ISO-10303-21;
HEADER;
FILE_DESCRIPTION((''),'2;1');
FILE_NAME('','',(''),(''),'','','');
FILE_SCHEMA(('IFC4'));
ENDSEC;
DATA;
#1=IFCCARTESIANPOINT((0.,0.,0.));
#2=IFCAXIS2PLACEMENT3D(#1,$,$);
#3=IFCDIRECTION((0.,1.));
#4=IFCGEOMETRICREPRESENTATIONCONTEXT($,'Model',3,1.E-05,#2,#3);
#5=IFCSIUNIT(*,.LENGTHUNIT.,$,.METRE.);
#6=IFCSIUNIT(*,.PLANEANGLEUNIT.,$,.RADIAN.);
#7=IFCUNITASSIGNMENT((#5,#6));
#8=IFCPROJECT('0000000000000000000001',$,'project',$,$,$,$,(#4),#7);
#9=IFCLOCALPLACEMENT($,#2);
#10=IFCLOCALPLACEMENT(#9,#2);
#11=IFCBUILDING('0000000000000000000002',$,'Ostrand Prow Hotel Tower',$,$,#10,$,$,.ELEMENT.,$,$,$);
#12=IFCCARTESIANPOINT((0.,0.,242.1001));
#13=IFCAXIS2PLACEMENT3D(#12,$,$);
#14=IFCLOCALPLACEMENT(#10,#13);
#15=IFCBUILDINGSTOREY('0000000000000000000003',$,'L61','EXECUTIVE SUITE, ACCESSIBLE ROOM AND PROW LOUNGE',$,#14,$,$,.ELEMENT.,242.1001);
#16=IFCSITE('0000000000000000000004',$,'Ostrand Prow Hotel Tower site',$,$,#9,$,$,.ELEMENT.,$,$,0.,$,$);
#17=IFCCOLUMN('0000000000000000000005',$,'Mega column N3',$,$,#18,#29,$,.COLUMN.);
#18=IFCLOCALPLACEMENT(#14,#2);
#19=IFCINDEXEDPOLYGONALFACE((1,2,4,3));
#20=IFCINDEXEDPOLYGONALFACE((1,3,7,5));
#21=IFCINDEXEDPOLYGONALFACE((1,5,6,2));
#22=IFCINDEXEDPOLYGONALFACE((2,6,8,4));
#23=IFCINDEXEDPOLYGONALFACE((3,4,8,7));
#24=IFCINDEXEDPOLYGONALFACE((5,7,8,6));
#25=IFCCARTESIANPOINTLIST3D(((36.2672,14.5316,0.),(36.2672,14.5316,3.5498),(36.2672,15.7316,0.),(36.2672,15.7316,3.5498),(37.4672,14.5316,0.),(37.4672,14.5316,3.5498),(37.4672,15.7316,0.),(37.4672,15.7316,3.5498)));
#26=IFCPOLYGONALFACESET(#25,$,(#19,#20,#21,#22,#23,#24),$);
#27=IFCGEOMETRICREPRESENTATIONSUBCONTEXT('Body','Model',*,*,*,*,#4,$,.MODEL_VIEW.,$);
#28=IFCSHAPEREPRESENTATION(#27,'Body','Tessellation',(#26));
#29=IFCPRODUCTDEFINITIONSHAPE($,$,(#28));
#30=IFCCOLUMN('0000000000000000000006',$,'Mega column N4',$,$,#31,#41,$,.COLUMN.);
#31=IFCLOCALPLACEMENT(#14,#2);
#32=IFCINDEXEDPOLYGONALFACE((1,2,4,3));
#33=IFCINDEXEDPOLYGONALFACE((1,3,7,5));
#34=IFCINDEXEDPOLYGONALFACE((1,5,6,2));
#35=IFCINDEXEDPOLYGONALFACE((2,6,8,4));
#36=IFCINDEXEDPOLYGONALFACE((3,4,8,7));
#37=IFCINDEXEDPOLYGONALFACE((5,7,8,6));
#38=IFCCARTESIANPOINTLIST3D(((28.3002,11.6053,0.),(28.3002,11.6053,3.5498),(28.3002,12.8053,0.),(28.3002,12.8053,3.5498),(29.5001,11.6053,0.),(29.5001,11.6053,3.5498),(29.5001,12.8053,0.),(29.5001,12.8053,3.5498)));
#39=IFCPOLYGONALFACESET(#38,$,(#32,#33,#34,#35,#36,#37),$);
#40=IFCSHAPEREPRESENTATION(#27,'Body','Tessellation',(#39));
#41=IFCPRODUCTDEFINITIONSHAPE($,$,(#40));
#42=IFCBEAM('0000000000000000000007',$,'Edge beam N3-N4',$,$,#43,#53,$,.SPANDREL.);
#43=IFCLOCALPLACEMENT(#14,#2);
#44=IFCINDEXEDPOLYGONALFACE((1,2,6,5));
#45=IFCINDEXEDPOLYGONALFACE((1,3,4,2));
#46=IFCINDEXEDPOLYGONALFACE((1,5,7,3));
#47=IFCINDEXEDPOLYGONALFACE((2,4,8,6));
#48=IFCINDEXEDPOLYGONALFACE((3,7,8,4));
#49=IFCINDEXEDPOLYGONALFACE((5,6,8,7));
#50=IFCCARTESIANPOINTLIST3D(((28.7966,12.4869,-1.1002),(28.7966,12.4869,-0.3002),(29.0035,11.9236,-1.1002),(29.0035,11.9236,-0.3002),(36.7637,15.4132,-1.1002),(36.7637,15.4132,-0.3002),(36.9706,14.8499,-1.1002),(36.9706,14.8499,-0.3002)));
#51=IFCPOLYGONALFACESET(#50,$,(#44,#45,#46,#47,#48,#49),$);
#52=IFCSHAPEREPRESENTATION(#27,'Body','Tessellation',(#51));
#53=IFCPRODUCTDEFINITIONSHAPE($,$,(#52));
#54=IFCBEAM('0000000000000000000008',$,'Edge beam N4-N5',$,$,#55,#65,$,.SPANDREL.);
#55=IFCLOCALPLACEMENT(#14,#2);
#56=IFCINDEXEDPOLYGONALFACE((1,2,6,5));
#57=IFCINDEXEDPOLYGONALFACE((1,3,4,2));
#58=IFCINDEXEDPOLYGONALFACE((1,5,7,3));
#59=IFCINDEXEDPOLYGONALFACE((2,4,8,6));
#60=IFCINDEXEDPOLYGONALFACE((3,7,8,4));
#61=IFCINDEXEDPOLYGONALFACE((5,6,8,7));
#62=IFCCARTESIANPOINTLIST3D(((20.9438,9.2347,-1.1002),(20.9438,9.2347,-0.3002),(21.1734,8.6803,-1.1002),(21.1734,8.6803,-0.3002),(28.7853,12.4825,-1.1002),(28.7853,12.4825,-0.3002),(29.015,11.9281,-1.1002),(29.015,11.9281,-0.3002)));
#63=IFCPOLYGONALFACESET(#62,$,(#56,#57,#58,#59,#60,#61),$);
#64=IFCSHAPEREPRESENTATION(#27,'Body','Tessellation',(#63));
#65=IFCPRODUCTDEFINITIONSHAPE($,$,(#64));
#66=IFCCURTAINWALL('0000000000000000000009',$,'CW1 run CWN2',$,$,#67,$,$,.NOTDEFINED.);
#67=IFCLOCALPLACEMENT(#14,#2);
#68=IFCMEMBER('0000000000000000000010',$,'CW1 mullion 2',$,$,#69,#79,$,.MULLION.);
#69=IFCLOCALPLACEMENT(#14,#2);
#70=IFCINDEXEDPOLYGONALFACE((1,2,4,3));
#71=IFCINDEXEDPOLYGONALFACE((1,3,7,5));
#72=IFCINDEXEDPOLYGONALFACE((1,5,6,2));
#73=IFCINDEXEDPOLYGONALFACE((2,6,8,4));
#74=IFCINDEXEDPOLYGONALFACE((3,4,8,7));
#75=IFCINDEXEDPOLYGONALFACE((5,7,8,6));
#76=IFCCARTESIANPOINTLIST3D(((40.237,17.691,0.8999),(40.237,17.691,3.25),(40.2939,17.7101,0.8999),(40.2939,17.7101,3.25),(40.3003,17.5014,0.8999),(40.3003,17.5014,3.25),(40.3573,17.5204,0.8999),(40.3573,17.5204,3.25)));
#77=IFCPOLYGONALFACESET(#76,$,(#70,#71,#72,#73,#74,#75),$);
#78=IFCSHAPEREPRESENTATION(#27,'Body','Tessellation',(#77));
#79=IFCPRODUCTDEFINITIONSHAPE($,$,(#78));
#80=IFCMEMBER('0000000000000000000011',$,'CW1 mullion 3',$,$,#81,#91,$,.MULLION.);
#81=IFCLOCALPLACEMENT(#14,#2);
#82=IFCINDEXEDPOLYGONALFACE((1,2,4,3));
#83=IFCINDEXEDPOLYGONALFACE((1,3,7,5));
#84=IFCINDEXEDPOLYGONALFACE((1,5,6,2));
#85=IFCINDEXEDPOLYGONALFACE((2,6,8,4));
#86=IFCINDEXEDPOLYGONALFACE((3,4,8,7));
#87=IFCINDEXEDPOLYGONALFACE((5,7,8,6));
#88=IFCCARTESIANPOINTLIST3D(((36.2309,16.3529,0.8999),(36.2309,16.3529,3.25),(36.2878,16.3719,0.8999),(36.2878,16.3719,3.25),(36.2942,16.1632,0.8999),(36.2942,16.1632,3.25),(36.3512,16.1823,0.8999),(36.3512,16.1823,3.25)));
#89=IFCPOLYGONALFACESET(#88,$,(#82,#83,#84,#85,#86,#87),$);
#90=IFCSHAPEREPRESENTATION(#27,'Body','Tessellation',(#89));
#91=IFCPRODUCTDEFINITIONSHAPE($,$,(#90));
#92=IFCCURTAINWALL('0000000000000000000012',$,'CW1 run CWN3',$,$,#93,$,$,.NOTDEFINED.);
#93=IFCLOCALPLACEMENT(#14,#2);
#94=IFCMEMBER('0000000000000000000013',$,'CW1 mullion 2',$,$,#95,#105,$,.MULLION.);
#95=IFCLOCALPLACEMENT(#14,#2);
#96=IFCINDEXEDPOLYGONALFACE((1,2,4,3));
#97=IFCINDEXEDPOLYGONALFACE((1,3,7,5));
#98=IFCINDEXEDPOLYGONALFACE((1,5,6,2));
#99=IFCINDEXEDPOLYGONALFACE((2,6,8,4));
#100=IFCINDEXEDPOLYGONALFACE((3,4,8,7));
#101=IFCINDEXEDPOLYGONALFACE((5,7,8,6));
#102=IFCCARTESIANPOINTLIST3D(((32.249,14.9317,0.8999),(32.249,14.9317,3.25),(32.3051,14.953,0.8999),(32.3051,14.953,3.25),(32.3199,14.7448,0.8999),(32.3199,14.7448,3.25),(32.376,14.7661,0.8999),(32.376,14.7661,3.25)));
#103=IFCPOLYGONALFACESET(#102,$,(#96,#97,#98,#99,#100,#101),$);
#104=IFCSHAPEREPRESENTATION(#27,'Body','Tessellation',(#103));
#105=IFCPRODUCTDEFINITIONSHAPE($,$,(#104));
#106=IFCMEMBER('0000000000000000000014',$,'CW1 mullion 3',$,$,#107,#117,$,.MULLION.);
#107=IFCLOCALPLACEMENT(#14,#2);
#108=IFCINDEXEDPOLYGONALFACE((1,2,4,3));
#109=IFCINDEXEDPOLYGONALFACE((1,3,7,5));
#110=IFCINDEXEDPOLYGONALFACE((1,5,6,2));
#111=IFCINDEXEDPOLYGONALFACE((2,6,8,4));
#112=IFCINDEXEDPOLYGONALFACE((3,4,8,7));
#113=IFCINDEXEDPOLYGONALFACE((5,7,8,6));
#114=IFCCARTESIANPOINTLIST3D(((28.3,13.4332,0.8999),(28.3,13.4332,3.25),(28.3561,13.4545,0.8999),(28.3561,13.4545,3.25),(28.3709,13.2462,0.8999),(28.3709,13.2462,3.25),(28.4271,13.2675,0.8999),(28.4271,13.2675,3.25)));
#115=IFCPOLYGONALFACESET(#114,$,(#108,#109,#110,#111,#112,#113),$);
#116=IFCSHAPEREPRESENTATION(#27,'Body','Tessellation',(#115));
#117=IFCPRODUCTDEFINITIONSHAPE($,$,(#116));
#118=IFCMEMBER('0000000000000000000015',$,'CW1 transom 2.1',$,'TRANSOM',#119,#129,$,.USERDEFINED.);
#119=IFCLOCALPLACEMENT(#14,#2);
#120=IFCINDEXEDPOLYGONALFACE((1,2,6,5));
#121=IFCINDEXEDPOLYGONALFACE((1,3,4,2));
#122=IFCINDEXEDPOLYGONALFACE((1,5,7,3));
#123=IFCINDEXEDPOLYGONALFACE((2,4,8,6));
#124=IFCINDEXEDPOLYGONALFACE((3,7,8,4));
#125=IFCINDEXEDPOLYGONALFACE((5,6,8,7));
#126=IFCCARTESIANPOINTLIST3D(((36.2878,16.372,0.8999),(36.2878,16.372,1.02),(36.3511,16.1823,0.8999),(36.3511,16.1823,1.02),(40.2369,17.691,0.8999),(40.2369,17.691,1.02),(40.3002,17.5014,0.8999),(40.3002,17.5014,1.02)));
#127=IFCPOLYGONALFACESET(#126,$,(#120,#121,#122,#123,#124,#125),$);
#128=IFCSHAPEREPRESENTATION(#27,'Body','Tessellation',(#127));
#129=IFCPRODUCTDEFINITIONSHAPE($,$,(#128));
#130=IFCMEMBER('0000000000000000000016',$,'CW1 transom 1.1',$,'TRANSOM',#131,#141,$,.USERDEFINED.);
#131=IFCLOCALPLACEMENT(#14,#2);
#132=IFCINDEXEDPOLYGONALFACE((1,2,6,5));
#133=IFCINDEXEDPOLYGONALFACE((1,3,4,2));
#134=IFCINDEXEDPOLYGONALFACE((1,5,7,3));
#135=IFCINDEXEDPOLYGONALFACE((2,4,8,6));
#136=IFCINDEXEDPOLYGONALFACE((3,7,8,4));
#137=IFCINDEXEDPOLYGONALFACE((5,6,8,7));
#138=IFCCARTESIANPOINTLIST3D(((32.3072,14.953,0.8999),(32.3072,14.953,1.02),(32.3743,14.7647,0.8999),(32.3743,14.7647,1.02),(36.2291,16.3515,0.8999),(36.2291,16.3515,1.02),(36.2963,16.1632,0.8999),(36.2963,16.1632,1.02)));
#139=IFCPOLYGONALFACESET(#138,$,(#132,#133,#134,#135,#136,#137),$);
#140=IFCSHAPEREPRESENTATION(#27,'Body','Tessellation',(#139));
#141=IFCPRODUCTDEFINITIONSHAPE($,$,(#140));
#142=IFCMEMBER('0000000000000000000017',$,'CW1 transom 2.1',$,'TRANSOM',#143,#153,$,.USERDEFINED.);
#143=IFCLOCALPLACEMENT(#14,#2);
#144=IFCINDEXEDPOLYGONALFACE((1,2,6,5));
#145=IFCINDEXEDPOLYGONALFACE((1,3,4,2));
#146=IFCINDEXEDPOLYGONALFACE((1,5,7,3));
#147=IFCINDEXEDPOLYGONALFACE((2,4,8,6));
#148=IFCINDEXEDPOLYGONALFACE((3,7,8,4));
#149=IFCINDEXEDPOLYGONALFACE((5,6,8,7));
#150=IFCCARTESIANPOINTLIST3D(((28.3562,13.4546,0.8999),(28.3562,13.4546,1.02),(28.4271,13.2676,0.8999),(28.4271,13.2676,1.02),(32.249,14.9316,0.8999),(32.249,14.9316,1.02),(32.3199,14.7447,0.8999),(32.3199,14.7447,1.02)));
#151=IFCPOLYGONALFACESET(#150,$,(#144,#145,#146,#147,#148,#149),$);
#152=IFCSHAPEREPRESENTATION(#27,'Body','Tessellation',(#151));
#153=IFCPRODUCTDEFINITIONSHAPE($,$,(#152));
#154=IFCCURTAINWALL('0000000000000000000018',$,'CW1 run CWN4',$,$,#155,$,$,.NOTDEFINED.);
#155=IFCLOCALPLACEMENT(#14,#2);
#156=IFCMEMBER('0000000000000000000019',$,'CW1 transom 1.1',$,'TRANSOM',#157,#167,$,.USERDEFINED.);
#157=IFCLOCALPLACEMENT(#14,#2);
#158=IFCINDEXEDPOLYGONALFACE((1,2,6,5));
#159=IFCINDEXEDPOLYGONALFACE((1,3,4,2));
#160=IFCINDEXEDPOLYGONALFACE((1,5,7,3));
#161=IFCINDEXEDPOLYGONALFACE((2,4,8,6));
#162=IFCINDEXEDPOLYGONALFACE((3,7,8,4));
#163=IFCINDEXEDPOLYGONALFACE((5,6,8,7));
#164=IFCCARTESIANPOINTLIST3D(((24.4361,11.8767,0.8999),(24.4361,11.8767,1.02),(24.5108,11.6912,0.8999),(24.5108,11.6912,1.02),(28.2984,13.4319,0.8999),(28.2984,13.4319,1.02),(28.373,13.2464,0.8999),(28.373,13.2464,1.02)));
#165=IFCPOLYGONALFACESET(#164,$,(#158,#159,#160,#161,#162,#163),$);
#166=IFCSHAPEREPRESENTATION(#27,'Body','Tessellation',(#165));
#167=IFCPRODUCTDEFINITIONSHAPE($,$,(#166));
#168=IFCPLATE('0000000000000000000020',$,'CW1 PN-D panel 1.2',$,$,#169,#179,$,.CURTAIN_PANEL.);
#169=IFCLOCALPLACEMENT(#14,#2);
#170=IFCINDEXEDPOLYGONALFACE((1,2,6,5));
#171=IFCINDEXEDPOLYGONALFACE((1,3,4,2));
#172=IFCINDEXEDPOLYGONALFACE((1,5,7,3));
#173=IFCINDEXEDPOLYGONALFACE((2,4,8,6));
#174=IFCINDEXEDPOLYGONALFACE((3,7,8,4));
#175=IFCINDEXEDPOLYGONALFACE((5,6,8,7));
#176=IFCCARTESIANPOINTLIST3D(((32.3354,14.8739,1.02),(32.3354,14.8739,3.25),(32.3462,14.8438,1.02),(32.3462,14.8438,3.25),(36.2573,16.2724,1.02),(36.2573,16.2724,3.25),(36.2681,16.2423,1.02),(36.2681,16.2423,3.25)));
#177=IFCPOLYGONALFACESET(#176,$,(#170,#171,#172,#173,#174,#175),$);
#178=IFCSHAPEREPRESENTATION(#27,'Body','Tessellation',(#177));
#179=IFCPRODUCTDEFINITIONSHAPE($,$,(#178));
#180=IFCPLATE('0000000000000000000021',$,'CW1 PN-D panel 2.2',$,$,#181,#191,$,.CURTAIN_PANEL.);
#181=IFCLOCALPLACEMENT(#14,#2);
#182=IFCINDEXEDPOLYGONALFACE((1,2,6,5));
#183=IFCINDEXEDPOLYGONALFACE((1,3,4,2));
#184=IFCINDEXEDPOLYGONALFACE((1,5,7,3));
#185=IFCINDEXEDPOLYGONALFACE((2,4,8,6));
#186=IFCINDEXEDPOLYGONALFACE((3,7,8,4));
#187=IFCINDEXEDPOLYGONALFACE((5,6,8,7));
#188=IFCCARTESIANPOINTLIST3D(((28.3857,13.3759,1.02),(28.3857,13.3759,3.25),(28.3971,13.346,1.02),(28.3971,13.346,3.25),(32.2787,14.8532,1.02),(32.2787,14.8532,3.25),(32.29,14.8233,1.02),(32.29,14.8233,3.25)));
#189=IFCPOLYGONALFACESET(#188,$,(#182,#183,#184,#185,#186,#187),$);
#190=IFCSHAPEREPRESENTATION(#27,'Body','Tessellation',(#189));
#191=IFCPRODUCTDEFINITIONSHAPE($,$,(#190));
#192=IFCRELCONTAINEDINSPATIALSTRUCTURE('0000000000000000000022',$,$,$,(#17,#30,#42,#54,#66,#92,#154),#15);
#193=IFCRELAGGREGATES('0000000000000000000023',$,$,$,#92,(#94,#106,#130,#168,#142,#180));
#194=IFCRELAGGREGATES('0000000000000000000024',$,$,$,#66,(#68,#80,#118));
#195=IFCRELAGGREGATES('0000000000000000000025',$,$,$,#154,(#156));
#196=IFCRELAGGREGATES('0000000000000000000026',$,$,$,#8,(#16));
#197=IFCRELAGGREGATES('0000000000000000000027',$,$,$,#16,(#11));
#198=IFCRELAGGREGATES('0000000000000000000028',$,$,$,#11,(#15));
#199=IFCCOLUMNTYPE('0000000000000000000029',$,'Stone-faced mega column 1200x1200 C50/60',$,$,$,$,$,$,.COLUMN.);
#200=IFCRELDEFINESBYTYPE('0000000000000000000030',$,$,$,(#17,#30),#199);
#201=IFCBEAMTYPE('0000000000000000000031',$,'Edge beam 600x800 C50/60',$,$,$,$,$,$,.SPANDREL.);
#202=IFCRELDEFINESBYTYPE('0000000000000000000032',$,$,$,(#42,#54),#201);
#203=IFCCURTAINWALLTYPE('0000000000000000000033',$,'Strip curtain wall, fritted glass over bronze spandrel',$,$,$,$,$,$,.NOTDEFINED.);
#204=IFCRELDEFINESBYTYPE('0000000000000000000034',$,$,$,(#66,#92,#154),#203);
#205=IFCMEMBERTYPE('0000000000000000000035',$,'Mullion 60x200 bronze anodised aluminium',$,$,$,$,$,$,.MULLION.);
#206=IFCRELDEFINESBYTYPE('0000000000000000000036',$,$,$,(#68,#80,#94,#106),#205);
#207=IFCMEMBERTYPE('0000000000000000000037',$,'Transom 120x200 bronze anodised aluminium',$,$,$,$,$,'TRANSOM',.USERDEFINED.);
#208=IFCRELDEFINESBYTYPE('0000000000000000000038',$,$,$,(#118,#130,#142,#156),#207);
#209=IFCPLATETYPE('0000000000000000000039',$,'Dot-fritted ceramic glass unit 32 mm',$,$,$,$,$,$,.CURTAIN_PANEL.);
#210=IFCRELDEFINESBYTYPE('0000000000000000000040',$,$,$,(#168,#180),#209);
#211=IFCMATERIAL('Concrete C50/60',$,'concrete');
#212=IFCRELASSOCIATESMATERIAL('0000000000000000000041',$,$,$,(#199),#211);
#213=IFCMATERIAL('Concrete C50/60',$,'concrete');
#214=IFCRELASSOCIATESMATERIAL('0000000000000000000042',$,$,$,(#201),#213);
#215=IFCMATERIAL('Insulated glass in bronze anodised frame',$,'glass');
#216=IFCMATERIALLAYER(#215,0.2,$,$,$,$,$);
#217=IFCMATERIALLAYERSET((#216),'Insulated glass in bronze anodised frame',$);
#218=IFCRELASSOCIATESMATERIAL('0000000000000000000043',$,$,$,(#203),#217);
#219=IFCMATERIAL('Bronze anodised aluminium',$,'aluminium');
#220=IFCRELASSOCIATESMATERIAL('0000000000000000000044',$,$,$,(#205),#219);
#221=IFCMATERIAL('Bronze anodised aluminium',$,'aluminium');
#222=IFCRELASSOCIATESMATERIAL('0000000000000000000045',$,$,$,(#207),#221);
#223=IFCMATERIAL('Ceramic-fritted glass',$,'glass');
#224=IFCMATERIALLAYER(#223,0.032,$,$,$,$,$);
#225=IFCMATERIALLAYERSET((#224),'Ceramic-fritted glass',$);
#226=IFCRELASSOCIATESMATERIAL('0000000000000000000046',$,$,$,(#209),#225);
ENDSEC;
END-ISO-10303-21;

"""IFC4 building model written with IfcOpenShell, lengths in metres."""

from ifc_helpers import new_model, si_unit, direction, frame, origin, origin_2d, place, context, subcontext, project, spatial, rectangle, extrude, material, layer, layer_set, material_profile, profile_set, type_object, element, aggregate, save


model = new_model("IFC4")

# Units and contexts
model_context = context("Model", 3, precision=1e-05, world=origin(), true_north=direction((0.0, 1.0)))
body_context = subcontext(model_context, "Body", "Model", "MODEL_VIEW")
ifc_project = project(units=[si_unit("LENGTHUNIT", "METRE"), si_unit("PLANEANGLEUNIT", "RADIAN")], contexts=[model_context])

# Site, building, storey
site_placement = place(None, origin())
site = spatial("IfcSite", under=ifc_project, at=site_placement, Name="Ostrand Prow Hotel Tower site", CompositionType="ELEMENT", RefElevation=0.0)
building_placement = place(site_placement, origin())
building = spatial("IfcBuilding", under=site, at=building_placement, Name="Ostrand Prow Hotel Tower", CompositionType="ELEMENT")
storey_placement = place(building_placement, frame((0.0, 0.0, 242.1001)))
storey = spatial("IfcBuildingStorey", under=building, at=storey_placement, Name="L61", Description="EXECUTIVE SUITE, ACCESSIBLE ROOM AND PROW LOUNGE", CompositionType="ELEMENT", Elevation=242.1001)

# Columns
ifc_material_1 = material(Name="Concrete C50/60", Category="concrete")
ifc_material_profile_1 = material_profile(ifc_material_1, rectangle(XDim=1.2, YDim=1.2, at=origin_2d()), Name="RC 1200x1200")
ifc_profile_set_1 = profile_set([ifc_material_profile_1], Name="Concrete C50/60")
column_type = type_object("IfcColumnType", Name="Stone-faced mega column 1200x1200 C50/60", PredefinedType="COLUMN", material=ifc_profile_set_1)
for number, where, z_axis, x_axis, name in (
    (1, (36.8672, 15.1316, 0.0), (0.0, 0.0, 1.0), (1.0, 0.0, 0.0), "Mega column N3"),
    (2, (28.9001, 12.2053, 0.0), (0.0, 0.0, 1.0), (1.0, 0.0, 0.0), "Mega column N4"),
):
    element("IfcColumn", number, at=place(storey_placement, frame(where, z_axis=z_axis, x_axis=x_axis)), inside=storey, type_object=column_type, Name=name, PredefinedType="COLUMN", context=body_context, shape_type="SweptSolid", body=[
        extrude(rectangle(XDim=1.2, YDim=1.2, at=origin_2d()), origin(), (0.0, 0.0, 1.0), 3.5498),
    ])

# Beams
ifc_material_2 = material(Name="Concrete C50/60", Category="concrete")
ifc_material_profile_2 = material_profile(ifc_material_2, rectangle(XDim=0.6001, YDim=0.8, at=origin_2d()), Name="RC 600x800")
ifc_profile_set_2 = profile_set([ifc_material_profile_2], Name="Concrete C50/60")
beam_type = type_object("IfcBeamType", Name="Edge beam 600x800 C50/60", PredefinedType="SPANDREL", material=ifc_profile_set_2)
for number, where, z_axis, x_axis, name in (
    (3, (36.8672, 15.1316, -0.7002), (-0.938685, -0.344776, 0.0), (0.344776, -0.938685, 0.0), "Edge beam N3-N4"),
    (4, (28.9001, 12.2053, -0.7002), (-0.923891, -0.382656, 0.0), (0.382656, -0.923891, 0.0), "Edge beam N4-N5"),
):
    element("IfcBeam", number, at=place(storey_placement, frame(where, z_axis=z_axis, x_axis=x_axis)), inside=storey, type_object=beam_type, Name=name, PredefinedType="SPANDREL", context=body_context, shape_type="SweptSolid", body=[
        extrude(rectangle(XDim=0.6001, YDim=0.8, at=origin_2d()), origin(), (0.0, 0.0, 1.0), 8.4875),
    ])

# Curtain walls, members
ifc_material_3 = material(Name="Insulated glass in bronze anodised frame", Category="glass")
ifc_layer_1 = layer(ifc_material_3, 0.2)
ifc_layer_set_1 = layer_set([ifc_layer_1], Name="Insulated glass in bronze anodised frame")
curtain_wall_type = type_object("IfcCurtainWallType", Name="Strip curtain wall, fritted glass over bronze spandrel", PredefinedType="NOTDEFINED", material=ifc_layer_set_1)
curtain_wall_1_placement = place(storey_placement, origin())
curtain_wall_1 = element("IfcCurtainWall", 5, at=curtain_wall_1_placement, inside=storey, type_object=curtain_wall_type, Name="CW1 run CWN2", PredefinedType="NOTDEFINED")
ifc_material_4 = material(Name="Bronze anodised aluminium", Category="aluminium")
ifc_material_profile_3 = material_profile(ifc_material_4, rectangle(XDim=0.2, YDim=0.0601, at=origin_2d()), Name="Mullion 60x200 bronze anodised aluminium")
ifc_profile_set_3 = profile_set([ifc_material_profile_3], Name="Bronze anodised aluminium")
member_type_1 = type_object("IfcMemberType", Name="Mullion 60x200 bronze anodised aluminium", PredefinedType="MULLION", material=ifc_profile_set_3)
member_1_placement = place(storey_placement, frame((40.2971, 17.6057, 0.8999), z_axis=(0.0, 0.0, 1.0), x_axis=(0.316841, -0.948479, 0.0)))
member_1 = element("IfcMember", 6, at=member_1_placement, type_object=member_type_1, Name="CW1 mullion 2", PredefinedType="MULLION", context=body_context, shape_type="SweptSolid", body=[
    extrude(rectangle(XDim=0.2, YDim=0.0601, at=origin_2d()), origin(), (0.0, 0.0, 1.0), 2.3501),
])
member_2_placement = place(storey_placement, frame((36.291, 16.2676, 0.8999), z_axis=(0.0, 0.0, 1.0), x_axis=(0.316841, -0.948479, 0.0)))
member_2 = element("IfcMember", 7, at=member_2_placement, type_object=member_type_1, Name="CW1 mullion 3", PredefinedType="MULLION", context=body_context, shape_type="SweptSolid", body=[
    extrude(rectangle(XDim=0.2, YDim=0.0601, at=origin_2d()), origin(), (0.0, 0.0, 1.0), 2.3501),
])
curtain_wall_2_placement = place(storey_placement, origin())
curtain_wall_2 = element("IfcCurtainWall", 8, at=curtain_wall_2_placement, inside=storey, type_object=curtain_wall_type, Name="CW1 run CWN3", PredefinedType="NOTDEFINED")
member_3_placement = place(storey_placement, frame((32.3125, 14.8489, 0.8999), z_axis=(0.0, 0.0, 1.0), x_axis=(0.354777, -0.934951, 0.0)))
member_3 = element("IfcMember", 9, at=member_3_placement, type_object=member_type_1, Name="CW1 mullion 2", PredefinedType="MULLION", context=body_context, shape_type="SweptSolid", body=[
    extrude(rectangle(XDim=0.2, YDim=0.0601, at=origin_2d()), origin(), (0.0, 0.0, 1.0), 2.3501),
])
member_4_placement = place(storey_placement, frame((28.3635, 13.3503, 0.8999), z_axis=(0.0, 0.0, 1.0), x_axis=(0.354777, -0.934951, 0.0)))
member_4 = element("IfcMember", 10, at=member_4_placement, type_object=member_type_1, Name="CW1 mullion 3", PredefinedType="MULLION", context=body_context, shape_type="SweptSolid", body=[
    extrude(rectangle(XDim=0.2, YDim=0.0601, at=origin_2d()), origin(), (0.0, 0.0, 1.0), 2.3501),
])

# Members
ifc_material_5 = material(Name="Bronze anodised aluminium", Category="aluminium")
ifc_material_profile_4 = material_profile(ifc_material_5, rectangle(XDim=0.2, YDim=0.1201, at=origin_2d()), Name="Transom 120x200 bronze anodised aluminium")
ifc_profile_set_4 = profile_set([ifc_material_profile_4], Name="Bronze anodised aluminium")
member_type_2 = type_object("IfcMemberType", Name="Transom 120x200 bronze anodised aluminium", ElementType="TRANSOM", PredefinedType="USERDEFINED", material=ifc_profile_set_4)
member_5_placement = place(storey_placement, frame((40.2686, 17.5962, 0.96), z_axis=(-0.94849, -0.316808, 0.0), x_axis=(0.316808, -0.94849, 0.0)))
member_5 = element("IfcMember", 11, at=member_5_placement, type_object=member_type_2, Name="CW1 transom 2.1", ObjectType="TRANSOM", PredefinedType="USERDEFINED", context=body_context, shape_type="SweptSolid", body=[
    extrude(rectangle(XDim=0.2, YDim=0.1201, at=origin_2d()), origin(), (0.0, 0.0, 1.0), 4.1636),
])
member_6_placement = place(storey_placement, frame((36.2627, 16.2573, 0.96), z_axis=(-0.941912, -0.335861, 0.0), x_axis=(0.335861, -0.941912, 0.0)))
member_6 = element("IfcMember", 12, at=member_6_placement, type_object=member_type_2, Name="CW1 transom 1.1", ObjectType="TRANSOM", PredefinedType="USERDEFINED", context=body_context, shape_type="SweptSolid", body=[
    extrude(rectangle(XDim=0.2, YDim=0.1201, at=origin_2d()), origin(), (0.0, 0.0, 1.0), 4.1638),
])
member_7_placement = place(storey_placement, frame((32.2844, 14.8381, 0.96), z_axis=(-0.934961, -0.354751, 0.0), x_axis=(0.354751, -0.934961, 0.0)))
member_7 = element("IfcMember", 13, at=member_7_placement, type_object=member_type_2, Name="CW1 transom 2.1", ObjectType="TRANSOM", PredefinedType="USERDEFINED", context=body_context, shape_type="SweptSolid", body=[
    extrude(rectangle(XDim=0.2, YDim=0.1201, at=origin_2d()), origin(), (0.0, 0.0, 1.0), 4.1636),
])

# Curtain wall, member
curtain_wall_3_placement = place(storey_placement, origin())
curtain_wall_3 = element("IfcCurtainWall", 14, at=curtain_wall_3_placement, inside=storey, type_object=curtain_wall_type, Name="CW1 run CWN4", PredefinedType="NOTDEFINED")
member_8_placement = place(storey_placement, frame((28.3357, 13.3391, 0.96), z_axis=(-0.927625, -0.373513, 0.0), x_axis=(0.373513, -0.927625, 0.0)))
member_8 = element("IfcMember", 15, at=member_8_placement, type_object=member_type_2, Name="CW1 transom 1.1", ObjectType="TRANSOM", PredefinedType="USERDEFINED", context=body_context, shape_type="SweptSolid", body=[
    extrude(rectangle(XDim=0.2, YDim=0.1201, at=origin_2d()), origin(), (0.0, 0.0, 1.0), 4.1636),
])

# Plates
ifc_material_6 = material(Name="Ceramic-fritted glass", Category="glass")
ifc_layer_2 = layer(ifc_material_6, 0.032)
ifc_layer_set_2 = layer_set([ifc_layer_2], Name="Ceramic-fritted glass")
plate_type_1 = type_object("IfcPlateType", Name="Dot-fritted ceramic glass unit 32 mm", PredefinedType="CURTAIN_PANEL", material=ifc_layer_set_2)
plate_1_placement = place(storey_placement, frame((34.3018, 15.5581, 1.02), z_axis=(0.0, 0.0, 1.0), x_axis=(-0.941906, -0.335877, 0.0)))
plate_1 = element("IfcPlate", 16, at=plate_1_placement, type_object=plate_type_1, Name="CW1 PN-D panel 1.2", PredefinedType="CURTAIN_PANEL", context=body_context, shape_type="SweptSolid", body=[
    extrude(rectangle(XDim=4.1638, YDim=0.032, at=origin_2d()), origin(), (0.0, 0.0, 1.0), 2.23),
])
plate_2_placement = place(storey_placement, frame((30.3379, 14.0996, 1.02), z_axis=(0.0, 0.0, 1.0), x_axis=(-0.934951, -0.354777, 0.0)))
plate_2 = element("IfcPlate", 17, at=plate_2_placement, type_object=plate_type_1, Name="CW1 PN-D panel 2.2", PredefinedType="CURTAIN_PANEL", context=body_context, shape_type="SweptSolid", body=[
    extrude(rectangle(XDim=4.1638, YDim=0.032, at=origin_2d()), origin(), (0.0, 0.0, 1.0), 2.23),
])
aggregate(curtain_wall_2, [member_3, member_4, member_6, plate_1, member_7, plate_2])
aggregate(curtain_wall_1, [member_1, member_2, member_5])
aggregate(curtain_wall_3, [member_8])

save(model, "model.ifc")
